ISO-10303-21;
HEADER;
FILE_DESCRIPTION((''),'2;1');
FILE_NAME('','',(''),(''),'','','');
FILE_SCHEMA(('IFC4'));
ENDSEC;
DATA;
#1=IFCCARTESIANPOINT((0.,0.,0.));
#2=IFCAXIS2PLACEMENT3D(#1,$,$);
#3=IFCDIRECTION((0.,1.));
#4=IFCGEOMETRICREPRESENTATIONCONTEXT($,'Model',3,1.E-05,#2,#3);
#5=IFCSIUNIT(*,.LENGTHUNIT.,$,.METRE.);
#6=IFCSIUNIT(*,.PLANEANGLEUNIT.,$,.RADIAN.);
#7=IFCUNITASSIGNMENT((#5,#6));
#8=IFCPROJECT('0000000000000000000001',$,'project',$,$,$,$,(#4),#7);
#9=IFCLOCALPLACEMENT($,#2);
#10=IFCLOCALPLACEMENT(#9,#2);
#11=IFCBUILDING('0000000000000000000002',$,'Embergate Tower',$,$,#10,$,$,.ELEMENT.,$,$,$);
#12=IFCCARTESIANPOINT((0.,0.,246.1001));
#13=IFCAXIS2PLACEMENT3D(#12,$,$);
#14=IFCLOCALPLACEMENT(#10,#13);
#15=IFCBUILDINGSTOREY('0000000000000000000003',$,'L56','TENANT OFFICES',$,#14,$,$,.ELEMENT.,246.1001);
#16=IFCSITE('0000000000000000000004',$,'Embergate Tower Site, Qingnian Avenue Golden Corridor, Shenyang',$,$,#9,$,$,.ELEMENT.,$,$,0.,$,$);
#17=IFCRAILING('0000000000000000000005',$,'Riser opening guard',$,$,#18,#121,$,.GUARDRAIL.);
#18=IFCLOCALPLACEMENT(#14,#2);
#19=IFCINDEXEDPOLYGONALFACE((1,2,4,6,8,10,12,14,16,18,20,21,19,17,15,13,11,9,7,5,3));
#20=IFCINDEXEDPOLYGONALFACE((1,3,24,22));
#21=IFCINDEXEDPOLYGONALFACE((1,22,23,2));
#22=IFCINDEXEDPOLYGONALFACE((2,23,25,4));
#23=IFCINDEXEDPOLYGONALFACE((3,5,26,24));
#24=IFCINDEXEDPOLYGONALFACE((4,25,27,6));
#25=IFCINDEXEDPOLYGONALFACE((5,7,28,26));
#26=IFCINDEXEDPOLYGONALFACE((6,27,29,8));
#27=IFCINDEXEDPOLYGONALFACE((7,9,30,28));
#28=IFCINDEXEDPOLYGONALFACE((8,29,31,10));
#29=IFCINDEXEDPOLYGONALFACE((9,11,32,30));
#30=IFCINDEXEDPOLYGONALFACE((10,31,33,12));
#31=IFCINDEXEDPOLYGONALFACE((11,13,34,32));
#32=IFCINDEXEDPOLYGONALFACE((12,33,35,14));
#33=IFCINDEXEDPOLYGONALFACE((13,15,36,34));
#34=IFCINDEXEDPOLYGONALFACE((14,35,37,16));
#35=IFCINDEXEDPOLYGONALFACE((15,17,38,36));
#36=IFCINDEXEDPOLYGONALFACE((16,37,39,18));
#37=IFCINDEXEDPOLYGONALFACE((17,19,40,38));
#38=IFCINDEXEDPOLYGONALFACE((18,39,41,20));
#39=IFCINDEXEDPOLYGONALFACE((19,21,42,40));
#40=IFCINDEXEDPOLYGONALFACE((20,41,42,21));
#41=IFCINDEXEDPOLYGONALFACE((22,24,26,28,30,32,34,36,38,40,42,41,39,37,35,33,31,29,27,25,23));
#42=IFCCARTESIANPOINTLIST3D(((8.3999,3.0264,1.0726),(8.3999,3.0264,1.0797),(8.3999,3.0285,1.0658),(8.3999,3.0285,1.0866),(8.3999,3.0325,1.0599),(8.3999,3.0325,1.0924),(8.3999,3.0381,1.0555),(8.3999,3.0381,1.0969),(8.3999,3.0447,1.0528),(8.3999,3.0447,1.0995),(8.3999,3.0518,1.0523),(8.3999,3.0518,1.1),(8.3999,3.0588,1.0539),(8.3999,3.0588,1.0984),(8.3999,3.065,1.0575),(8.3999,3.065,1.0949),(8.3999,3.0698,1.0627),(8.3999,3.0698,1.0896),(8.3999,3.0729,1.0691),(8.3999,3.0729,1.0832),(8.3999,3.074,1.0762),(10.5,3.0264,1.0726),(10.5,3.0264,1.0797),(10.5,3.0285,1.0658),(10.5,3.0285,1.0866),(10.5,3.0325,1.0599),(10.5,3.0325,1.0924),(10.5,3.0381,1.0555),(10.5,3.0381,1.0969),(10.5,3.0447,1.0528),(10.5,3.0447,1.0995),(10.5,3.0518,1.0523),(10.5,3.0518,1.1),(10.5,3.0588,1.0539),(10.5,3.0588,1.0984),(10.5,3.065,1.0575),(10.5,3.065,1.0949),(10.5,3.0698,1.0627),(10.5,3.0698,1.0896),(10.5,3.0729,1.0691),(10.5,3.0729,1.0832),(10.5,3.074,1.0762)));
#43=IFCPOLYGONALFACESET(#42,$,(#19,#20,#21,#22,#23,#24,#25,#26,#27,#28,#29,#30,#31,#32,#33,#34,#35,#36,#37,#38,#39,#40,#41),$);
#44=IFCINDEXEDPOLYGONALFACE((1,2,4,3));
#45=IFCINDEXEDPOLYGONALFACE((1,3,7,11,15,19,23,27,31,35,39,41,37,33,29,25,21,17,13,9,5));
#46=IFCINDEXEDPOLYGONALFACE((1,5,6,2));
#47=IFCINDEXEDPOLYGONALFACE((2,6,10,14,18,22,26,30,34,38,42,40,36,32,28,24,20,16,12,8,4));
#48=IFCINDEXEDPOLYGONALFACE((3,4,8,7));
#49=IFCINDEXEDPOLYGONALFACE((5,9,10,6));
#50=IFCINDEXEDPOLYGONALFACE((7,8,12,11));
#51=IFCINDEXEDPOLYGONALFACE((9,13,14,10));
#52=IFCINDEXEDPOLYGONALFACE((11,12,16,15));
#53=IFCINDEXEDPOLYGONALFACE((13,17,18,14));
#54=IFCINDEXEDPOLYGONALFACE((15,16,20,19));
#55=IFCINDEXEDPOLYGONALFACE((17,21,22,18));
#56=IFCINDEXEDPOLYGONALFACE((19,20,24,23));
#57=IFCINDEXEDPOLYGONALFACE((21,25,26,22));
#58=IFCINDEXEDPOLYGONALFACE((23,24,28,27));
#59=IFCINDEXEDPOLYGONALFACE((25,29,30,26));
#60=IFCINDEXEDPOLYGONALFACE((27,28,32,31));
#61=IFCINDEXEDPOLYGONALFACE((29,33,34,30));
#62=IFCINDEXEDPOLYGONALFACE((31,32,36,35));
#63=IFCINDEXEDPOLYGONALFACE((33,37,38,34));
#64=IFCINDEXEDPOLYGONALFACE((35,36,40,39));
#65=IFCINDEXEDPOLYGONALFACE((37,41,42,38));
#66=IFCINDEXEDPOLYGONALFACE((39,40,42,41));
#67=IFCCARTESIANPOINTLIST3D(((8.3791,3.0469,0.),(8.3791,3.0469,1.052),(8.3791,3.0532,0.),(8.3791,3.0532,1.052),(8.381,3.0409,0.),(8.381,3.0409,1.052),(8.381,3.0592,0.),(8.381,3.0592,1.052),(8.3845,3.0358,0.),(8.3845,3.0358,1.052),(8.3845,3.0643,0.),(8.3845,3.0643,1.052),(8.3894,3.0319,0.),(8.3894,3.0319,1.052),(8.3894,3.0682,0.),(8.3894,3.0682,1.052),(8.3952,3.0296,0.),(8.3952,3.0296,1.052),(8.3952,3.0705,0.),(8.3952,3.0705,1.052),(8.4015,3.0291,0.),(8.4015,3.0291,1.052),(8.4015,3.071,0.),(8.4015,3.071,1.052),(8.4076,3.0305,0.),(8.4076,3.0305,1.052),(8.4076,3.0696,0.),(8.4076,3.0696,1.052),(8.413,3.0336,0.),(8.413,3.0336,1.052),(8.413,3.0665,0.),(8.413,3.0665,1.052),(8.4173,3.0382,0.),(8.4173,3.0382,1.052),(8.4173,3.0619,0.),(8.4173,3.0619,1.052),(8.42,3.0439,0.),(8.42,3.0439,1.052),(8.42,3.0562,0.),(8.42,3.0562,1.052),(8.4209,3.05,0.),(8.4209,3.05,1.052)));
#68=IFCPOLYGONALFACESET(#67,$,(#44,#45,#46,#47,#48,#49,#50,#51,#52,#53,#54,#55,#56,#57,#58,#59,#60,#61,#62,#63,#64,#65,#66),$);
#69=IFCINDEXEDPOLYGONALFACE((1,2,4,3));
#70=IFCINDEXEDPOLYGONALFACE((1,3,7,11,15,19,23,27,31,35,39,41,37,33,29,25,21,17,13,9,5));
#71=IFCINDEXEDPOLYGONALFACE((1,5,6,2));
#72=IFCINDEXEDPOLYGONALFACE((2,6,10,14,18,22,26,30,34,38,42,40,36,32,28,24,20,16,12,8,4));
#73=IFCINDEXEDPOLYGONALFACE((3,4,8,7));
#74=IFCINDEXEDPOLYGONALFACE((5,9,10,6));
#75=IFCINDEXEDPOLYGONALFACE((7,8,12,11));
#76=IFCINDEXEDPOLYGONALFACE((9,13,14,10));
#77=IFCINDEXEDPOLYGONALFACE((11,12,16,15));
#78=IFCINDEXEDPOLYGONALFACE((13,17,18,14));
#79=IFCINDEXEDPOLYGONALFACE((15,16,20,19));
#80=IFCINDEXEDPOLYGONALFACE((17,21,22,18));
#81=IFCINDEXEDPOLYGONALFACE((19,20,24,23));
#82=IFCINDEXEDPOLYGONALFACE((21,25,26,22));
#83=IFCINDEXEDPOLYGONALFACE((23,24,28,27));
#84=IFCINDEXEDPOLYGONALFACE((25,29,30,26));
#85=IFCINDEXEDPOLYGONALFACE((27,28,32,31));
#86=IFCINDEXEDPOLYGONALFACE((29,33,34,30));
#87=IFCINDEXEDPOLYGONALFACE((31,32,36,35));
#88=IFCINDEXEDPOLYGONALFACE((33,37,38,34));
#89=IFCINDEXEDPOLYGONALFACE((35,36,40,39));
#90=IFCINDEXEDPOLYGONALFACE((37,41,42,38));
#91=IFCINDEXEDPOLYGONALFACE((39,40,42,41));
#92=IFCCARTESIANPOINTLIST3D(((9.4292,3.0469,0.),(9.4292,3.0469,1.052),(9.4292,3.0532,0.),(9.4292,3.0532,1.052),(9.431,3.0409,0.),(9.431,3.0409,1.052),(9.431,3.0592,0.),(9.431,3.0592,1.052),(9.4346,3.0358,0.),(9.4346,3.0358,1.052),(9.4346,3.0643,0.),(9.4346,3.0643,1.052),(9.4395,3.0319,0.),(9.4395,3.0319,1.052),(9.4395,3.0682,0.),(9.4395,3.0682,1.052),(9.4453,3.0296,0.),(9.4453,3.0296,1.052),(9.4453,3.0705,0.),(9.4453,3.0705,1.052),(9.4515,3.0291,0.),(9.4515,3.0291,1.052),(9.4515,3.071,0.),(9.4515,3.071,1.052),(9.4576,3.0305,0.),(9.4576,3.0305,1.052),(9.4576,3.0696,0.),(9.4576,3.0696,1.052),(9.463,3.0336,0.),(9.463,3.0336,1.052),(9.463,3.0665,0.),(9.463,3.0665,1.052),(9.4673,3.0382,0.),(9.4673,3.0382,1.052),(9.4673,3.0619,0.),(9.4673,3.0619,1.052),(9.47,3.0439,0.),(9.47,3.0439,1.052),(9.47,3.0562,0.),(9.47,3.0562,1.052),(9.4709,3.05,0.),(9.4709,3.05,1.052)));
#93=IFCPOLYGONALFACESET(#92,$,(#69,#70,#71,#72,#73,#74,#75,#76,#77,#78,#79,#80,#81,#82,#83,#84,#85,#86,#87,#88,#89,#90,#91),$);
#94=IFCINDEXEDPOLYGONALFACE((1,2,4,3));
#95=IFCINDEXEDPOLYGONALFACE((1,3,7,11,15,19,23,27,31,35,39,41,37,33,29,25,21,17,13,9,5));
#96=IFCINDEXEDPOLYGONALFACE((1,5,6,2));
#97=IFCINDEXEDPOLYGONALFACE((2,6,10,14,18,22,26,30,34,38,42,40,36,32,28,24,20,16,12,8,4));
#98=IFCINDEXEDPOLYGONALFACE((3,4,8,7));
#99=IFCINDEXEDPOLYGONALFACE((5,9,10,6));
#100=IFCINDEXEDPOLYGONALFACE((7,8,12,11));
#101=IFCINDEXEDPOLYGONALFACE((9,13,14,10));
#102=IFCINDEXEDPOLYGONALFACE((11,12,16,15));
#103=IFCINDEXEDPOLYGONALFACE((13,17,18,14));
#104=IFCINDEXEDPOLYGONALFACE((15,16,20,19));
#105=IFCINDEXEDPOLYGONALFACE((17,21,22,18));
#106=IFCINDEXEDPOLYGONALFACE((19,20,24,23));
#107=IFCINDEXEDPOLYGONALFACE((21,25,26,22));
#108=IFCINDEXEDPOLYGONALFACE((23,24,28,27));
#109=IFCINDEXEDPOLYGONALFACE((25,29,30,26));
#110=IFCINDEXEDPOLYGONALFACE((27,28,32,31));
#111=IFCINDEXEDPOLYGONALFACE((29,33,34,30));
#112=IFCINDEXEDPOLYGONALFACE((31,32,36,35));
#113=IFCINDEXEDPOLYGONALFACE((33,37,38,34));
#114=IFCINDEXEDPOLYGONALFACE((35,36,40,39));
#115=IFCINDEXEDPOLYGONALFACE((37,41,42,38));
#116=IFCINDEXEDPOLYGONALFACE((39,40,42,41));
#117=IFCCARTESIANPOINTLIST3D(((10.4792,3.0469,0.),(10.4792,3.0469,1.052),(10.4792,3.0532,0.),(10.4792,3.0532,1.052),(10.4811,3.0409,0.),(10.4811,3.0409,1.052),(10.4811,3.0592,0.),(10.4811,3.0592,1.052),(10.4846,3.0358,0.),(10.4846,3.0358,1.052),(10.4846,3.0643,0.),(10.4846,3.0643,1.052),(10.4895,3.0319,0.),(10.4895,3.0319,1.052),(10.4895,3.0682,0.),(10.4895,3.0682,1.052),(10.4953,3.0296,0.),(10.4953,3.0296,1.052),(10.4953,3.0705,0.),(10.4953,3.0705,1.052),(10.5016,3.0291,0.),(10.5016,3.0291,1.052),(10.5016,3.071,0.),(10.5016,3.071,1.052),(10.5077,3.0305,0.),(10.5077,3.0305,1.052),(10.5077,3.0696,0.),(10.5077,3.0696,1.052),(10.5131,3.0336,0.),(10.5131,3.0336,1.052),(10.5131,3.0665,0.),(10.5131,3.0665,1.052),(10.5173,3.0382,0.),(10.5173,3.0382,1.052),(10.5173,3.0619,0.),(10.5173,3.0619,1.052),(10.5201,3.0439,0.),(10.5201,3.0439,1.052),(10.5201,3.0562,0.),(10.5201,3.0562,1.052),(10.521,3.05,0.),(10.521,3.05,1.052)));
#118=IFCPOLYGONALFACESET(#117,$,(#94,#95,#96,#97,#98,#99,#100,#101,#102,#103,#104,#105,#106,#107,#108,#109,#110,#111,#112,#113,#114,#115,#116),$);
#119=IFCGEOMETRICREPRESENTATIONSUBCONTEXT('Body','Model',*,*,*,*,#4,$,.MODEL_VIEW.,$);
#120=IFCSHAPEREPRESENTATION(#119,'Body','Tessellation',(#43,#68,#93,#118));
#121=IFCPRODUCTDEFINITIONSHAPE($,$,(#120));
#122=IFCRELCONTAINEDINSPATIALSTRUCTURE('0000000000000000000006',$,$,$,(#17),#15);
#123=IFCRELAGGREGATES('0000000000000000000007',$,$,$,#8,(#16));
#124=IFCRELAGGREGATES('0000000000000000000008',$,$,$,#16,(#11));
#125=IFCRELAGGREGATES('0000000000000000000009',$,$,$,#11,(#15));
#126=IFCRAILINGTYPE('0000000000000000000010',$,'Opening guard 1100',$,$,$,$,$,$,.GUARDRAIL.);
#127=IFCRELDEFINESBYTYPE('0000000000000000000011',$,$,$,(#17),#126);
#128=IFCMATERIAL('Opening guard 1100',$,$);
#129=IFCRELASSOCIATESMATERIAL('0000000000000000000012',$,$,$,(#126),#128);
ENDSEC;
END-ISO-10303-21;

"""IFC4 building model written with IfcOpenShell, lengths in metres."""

from ifc_helpers import new_model, si_unit, direction, frame, origin, origin_2d, place, context, subcontext, project, spatial, circle, extrude, source, transform, mapped, material, type_object, element, save


model = new_model("IFC4")

# Units and contexts
model_context = context("Model", 3, precision=1e-05, world=origin(), true_north=direction((0.0, 1.0)))
body_context = subcontext(model_context, "Body", "Model", "MODEL_VIEW")
ifc_project = project(units=[si_unit("LENGTHUNIT", "METRE"), si_unit("PLANEANGLEUNIT", "RADIAN")], contexts=[model_context])

# Site, building, storey
site_placement = place(None, origin())
site = spatial("IfcSite", under=ifc_project, at=site_placement, Name="Embergate Tower Site, Qingnian Avenue Golden Corridor, Shenyang", CompositionType="ELEMENT", RefElevation=0.0)
building_placement = place(site_placement, origin())
building = spatial("IfcBuilding", under=site, at=building_placement, Name="Embergate Tower", CompositionType="ELEMENT")
storey_placement = place(building_placement, frame((0.0, 0.0, 246.1001)))
storey = spatial("IfcBuildingStorey", under=building, at=storey_placement, Name="L56", Description="TENANT OFFICES", CompositionType="ELEMENT", Elevation=246.1001)

# Railing
ifc_material_1 = material(Name="Opening guard 1100")
railing_type_1 = type_object("IfcRailingType", Name="Opening guard 1100", PredefinedType="GUARDRAIL", material=ifc_material_1)
shared_shape_1 = source(origin(), body_context, "Body", "SweptSolid", [
    extrude(circle(Radius=0.0239, at=origin_2d()), frame((0.0, 0.0, 1.0762), z_axis=(1.0, 0.0, 0.0), x_axis=(0.0, 1.0, 0.0)), (0.0, 0.0, 1.0), 2.1001),
    extrude(circle(Radius=0.021, at=origin_2d()), origin(), (0.0, 0.0, 1.0), 1.052),
    extrude(circle(Radius=0.021, at=origin_2d()), frame((1.05, 0.0, 0.0)), (0.0, 0.0, 1.0), 1.052),
    extrude(circle(Radius=0.021, at=origin_2d()), frame((2.1001, 0.0, 0.0)), (0.0, 0.0, 1.0), 1.052),
])
railing_1_placement = place(storey_placement, frame((8.3999, 3.05, 0.0)))
element("IfcRailing", 1, at=railing_1_placement, inside=storey, type_object=railing_type_1, Name="Riser opening guard", PredefinedType="GUARDRAIL", context=body_context, shape_type="MappedRepresentation", body=[
    mapped(shared_shape_1, transform((0.0, 0.0, 0.0))),
])

save(model, "model.ifc")
